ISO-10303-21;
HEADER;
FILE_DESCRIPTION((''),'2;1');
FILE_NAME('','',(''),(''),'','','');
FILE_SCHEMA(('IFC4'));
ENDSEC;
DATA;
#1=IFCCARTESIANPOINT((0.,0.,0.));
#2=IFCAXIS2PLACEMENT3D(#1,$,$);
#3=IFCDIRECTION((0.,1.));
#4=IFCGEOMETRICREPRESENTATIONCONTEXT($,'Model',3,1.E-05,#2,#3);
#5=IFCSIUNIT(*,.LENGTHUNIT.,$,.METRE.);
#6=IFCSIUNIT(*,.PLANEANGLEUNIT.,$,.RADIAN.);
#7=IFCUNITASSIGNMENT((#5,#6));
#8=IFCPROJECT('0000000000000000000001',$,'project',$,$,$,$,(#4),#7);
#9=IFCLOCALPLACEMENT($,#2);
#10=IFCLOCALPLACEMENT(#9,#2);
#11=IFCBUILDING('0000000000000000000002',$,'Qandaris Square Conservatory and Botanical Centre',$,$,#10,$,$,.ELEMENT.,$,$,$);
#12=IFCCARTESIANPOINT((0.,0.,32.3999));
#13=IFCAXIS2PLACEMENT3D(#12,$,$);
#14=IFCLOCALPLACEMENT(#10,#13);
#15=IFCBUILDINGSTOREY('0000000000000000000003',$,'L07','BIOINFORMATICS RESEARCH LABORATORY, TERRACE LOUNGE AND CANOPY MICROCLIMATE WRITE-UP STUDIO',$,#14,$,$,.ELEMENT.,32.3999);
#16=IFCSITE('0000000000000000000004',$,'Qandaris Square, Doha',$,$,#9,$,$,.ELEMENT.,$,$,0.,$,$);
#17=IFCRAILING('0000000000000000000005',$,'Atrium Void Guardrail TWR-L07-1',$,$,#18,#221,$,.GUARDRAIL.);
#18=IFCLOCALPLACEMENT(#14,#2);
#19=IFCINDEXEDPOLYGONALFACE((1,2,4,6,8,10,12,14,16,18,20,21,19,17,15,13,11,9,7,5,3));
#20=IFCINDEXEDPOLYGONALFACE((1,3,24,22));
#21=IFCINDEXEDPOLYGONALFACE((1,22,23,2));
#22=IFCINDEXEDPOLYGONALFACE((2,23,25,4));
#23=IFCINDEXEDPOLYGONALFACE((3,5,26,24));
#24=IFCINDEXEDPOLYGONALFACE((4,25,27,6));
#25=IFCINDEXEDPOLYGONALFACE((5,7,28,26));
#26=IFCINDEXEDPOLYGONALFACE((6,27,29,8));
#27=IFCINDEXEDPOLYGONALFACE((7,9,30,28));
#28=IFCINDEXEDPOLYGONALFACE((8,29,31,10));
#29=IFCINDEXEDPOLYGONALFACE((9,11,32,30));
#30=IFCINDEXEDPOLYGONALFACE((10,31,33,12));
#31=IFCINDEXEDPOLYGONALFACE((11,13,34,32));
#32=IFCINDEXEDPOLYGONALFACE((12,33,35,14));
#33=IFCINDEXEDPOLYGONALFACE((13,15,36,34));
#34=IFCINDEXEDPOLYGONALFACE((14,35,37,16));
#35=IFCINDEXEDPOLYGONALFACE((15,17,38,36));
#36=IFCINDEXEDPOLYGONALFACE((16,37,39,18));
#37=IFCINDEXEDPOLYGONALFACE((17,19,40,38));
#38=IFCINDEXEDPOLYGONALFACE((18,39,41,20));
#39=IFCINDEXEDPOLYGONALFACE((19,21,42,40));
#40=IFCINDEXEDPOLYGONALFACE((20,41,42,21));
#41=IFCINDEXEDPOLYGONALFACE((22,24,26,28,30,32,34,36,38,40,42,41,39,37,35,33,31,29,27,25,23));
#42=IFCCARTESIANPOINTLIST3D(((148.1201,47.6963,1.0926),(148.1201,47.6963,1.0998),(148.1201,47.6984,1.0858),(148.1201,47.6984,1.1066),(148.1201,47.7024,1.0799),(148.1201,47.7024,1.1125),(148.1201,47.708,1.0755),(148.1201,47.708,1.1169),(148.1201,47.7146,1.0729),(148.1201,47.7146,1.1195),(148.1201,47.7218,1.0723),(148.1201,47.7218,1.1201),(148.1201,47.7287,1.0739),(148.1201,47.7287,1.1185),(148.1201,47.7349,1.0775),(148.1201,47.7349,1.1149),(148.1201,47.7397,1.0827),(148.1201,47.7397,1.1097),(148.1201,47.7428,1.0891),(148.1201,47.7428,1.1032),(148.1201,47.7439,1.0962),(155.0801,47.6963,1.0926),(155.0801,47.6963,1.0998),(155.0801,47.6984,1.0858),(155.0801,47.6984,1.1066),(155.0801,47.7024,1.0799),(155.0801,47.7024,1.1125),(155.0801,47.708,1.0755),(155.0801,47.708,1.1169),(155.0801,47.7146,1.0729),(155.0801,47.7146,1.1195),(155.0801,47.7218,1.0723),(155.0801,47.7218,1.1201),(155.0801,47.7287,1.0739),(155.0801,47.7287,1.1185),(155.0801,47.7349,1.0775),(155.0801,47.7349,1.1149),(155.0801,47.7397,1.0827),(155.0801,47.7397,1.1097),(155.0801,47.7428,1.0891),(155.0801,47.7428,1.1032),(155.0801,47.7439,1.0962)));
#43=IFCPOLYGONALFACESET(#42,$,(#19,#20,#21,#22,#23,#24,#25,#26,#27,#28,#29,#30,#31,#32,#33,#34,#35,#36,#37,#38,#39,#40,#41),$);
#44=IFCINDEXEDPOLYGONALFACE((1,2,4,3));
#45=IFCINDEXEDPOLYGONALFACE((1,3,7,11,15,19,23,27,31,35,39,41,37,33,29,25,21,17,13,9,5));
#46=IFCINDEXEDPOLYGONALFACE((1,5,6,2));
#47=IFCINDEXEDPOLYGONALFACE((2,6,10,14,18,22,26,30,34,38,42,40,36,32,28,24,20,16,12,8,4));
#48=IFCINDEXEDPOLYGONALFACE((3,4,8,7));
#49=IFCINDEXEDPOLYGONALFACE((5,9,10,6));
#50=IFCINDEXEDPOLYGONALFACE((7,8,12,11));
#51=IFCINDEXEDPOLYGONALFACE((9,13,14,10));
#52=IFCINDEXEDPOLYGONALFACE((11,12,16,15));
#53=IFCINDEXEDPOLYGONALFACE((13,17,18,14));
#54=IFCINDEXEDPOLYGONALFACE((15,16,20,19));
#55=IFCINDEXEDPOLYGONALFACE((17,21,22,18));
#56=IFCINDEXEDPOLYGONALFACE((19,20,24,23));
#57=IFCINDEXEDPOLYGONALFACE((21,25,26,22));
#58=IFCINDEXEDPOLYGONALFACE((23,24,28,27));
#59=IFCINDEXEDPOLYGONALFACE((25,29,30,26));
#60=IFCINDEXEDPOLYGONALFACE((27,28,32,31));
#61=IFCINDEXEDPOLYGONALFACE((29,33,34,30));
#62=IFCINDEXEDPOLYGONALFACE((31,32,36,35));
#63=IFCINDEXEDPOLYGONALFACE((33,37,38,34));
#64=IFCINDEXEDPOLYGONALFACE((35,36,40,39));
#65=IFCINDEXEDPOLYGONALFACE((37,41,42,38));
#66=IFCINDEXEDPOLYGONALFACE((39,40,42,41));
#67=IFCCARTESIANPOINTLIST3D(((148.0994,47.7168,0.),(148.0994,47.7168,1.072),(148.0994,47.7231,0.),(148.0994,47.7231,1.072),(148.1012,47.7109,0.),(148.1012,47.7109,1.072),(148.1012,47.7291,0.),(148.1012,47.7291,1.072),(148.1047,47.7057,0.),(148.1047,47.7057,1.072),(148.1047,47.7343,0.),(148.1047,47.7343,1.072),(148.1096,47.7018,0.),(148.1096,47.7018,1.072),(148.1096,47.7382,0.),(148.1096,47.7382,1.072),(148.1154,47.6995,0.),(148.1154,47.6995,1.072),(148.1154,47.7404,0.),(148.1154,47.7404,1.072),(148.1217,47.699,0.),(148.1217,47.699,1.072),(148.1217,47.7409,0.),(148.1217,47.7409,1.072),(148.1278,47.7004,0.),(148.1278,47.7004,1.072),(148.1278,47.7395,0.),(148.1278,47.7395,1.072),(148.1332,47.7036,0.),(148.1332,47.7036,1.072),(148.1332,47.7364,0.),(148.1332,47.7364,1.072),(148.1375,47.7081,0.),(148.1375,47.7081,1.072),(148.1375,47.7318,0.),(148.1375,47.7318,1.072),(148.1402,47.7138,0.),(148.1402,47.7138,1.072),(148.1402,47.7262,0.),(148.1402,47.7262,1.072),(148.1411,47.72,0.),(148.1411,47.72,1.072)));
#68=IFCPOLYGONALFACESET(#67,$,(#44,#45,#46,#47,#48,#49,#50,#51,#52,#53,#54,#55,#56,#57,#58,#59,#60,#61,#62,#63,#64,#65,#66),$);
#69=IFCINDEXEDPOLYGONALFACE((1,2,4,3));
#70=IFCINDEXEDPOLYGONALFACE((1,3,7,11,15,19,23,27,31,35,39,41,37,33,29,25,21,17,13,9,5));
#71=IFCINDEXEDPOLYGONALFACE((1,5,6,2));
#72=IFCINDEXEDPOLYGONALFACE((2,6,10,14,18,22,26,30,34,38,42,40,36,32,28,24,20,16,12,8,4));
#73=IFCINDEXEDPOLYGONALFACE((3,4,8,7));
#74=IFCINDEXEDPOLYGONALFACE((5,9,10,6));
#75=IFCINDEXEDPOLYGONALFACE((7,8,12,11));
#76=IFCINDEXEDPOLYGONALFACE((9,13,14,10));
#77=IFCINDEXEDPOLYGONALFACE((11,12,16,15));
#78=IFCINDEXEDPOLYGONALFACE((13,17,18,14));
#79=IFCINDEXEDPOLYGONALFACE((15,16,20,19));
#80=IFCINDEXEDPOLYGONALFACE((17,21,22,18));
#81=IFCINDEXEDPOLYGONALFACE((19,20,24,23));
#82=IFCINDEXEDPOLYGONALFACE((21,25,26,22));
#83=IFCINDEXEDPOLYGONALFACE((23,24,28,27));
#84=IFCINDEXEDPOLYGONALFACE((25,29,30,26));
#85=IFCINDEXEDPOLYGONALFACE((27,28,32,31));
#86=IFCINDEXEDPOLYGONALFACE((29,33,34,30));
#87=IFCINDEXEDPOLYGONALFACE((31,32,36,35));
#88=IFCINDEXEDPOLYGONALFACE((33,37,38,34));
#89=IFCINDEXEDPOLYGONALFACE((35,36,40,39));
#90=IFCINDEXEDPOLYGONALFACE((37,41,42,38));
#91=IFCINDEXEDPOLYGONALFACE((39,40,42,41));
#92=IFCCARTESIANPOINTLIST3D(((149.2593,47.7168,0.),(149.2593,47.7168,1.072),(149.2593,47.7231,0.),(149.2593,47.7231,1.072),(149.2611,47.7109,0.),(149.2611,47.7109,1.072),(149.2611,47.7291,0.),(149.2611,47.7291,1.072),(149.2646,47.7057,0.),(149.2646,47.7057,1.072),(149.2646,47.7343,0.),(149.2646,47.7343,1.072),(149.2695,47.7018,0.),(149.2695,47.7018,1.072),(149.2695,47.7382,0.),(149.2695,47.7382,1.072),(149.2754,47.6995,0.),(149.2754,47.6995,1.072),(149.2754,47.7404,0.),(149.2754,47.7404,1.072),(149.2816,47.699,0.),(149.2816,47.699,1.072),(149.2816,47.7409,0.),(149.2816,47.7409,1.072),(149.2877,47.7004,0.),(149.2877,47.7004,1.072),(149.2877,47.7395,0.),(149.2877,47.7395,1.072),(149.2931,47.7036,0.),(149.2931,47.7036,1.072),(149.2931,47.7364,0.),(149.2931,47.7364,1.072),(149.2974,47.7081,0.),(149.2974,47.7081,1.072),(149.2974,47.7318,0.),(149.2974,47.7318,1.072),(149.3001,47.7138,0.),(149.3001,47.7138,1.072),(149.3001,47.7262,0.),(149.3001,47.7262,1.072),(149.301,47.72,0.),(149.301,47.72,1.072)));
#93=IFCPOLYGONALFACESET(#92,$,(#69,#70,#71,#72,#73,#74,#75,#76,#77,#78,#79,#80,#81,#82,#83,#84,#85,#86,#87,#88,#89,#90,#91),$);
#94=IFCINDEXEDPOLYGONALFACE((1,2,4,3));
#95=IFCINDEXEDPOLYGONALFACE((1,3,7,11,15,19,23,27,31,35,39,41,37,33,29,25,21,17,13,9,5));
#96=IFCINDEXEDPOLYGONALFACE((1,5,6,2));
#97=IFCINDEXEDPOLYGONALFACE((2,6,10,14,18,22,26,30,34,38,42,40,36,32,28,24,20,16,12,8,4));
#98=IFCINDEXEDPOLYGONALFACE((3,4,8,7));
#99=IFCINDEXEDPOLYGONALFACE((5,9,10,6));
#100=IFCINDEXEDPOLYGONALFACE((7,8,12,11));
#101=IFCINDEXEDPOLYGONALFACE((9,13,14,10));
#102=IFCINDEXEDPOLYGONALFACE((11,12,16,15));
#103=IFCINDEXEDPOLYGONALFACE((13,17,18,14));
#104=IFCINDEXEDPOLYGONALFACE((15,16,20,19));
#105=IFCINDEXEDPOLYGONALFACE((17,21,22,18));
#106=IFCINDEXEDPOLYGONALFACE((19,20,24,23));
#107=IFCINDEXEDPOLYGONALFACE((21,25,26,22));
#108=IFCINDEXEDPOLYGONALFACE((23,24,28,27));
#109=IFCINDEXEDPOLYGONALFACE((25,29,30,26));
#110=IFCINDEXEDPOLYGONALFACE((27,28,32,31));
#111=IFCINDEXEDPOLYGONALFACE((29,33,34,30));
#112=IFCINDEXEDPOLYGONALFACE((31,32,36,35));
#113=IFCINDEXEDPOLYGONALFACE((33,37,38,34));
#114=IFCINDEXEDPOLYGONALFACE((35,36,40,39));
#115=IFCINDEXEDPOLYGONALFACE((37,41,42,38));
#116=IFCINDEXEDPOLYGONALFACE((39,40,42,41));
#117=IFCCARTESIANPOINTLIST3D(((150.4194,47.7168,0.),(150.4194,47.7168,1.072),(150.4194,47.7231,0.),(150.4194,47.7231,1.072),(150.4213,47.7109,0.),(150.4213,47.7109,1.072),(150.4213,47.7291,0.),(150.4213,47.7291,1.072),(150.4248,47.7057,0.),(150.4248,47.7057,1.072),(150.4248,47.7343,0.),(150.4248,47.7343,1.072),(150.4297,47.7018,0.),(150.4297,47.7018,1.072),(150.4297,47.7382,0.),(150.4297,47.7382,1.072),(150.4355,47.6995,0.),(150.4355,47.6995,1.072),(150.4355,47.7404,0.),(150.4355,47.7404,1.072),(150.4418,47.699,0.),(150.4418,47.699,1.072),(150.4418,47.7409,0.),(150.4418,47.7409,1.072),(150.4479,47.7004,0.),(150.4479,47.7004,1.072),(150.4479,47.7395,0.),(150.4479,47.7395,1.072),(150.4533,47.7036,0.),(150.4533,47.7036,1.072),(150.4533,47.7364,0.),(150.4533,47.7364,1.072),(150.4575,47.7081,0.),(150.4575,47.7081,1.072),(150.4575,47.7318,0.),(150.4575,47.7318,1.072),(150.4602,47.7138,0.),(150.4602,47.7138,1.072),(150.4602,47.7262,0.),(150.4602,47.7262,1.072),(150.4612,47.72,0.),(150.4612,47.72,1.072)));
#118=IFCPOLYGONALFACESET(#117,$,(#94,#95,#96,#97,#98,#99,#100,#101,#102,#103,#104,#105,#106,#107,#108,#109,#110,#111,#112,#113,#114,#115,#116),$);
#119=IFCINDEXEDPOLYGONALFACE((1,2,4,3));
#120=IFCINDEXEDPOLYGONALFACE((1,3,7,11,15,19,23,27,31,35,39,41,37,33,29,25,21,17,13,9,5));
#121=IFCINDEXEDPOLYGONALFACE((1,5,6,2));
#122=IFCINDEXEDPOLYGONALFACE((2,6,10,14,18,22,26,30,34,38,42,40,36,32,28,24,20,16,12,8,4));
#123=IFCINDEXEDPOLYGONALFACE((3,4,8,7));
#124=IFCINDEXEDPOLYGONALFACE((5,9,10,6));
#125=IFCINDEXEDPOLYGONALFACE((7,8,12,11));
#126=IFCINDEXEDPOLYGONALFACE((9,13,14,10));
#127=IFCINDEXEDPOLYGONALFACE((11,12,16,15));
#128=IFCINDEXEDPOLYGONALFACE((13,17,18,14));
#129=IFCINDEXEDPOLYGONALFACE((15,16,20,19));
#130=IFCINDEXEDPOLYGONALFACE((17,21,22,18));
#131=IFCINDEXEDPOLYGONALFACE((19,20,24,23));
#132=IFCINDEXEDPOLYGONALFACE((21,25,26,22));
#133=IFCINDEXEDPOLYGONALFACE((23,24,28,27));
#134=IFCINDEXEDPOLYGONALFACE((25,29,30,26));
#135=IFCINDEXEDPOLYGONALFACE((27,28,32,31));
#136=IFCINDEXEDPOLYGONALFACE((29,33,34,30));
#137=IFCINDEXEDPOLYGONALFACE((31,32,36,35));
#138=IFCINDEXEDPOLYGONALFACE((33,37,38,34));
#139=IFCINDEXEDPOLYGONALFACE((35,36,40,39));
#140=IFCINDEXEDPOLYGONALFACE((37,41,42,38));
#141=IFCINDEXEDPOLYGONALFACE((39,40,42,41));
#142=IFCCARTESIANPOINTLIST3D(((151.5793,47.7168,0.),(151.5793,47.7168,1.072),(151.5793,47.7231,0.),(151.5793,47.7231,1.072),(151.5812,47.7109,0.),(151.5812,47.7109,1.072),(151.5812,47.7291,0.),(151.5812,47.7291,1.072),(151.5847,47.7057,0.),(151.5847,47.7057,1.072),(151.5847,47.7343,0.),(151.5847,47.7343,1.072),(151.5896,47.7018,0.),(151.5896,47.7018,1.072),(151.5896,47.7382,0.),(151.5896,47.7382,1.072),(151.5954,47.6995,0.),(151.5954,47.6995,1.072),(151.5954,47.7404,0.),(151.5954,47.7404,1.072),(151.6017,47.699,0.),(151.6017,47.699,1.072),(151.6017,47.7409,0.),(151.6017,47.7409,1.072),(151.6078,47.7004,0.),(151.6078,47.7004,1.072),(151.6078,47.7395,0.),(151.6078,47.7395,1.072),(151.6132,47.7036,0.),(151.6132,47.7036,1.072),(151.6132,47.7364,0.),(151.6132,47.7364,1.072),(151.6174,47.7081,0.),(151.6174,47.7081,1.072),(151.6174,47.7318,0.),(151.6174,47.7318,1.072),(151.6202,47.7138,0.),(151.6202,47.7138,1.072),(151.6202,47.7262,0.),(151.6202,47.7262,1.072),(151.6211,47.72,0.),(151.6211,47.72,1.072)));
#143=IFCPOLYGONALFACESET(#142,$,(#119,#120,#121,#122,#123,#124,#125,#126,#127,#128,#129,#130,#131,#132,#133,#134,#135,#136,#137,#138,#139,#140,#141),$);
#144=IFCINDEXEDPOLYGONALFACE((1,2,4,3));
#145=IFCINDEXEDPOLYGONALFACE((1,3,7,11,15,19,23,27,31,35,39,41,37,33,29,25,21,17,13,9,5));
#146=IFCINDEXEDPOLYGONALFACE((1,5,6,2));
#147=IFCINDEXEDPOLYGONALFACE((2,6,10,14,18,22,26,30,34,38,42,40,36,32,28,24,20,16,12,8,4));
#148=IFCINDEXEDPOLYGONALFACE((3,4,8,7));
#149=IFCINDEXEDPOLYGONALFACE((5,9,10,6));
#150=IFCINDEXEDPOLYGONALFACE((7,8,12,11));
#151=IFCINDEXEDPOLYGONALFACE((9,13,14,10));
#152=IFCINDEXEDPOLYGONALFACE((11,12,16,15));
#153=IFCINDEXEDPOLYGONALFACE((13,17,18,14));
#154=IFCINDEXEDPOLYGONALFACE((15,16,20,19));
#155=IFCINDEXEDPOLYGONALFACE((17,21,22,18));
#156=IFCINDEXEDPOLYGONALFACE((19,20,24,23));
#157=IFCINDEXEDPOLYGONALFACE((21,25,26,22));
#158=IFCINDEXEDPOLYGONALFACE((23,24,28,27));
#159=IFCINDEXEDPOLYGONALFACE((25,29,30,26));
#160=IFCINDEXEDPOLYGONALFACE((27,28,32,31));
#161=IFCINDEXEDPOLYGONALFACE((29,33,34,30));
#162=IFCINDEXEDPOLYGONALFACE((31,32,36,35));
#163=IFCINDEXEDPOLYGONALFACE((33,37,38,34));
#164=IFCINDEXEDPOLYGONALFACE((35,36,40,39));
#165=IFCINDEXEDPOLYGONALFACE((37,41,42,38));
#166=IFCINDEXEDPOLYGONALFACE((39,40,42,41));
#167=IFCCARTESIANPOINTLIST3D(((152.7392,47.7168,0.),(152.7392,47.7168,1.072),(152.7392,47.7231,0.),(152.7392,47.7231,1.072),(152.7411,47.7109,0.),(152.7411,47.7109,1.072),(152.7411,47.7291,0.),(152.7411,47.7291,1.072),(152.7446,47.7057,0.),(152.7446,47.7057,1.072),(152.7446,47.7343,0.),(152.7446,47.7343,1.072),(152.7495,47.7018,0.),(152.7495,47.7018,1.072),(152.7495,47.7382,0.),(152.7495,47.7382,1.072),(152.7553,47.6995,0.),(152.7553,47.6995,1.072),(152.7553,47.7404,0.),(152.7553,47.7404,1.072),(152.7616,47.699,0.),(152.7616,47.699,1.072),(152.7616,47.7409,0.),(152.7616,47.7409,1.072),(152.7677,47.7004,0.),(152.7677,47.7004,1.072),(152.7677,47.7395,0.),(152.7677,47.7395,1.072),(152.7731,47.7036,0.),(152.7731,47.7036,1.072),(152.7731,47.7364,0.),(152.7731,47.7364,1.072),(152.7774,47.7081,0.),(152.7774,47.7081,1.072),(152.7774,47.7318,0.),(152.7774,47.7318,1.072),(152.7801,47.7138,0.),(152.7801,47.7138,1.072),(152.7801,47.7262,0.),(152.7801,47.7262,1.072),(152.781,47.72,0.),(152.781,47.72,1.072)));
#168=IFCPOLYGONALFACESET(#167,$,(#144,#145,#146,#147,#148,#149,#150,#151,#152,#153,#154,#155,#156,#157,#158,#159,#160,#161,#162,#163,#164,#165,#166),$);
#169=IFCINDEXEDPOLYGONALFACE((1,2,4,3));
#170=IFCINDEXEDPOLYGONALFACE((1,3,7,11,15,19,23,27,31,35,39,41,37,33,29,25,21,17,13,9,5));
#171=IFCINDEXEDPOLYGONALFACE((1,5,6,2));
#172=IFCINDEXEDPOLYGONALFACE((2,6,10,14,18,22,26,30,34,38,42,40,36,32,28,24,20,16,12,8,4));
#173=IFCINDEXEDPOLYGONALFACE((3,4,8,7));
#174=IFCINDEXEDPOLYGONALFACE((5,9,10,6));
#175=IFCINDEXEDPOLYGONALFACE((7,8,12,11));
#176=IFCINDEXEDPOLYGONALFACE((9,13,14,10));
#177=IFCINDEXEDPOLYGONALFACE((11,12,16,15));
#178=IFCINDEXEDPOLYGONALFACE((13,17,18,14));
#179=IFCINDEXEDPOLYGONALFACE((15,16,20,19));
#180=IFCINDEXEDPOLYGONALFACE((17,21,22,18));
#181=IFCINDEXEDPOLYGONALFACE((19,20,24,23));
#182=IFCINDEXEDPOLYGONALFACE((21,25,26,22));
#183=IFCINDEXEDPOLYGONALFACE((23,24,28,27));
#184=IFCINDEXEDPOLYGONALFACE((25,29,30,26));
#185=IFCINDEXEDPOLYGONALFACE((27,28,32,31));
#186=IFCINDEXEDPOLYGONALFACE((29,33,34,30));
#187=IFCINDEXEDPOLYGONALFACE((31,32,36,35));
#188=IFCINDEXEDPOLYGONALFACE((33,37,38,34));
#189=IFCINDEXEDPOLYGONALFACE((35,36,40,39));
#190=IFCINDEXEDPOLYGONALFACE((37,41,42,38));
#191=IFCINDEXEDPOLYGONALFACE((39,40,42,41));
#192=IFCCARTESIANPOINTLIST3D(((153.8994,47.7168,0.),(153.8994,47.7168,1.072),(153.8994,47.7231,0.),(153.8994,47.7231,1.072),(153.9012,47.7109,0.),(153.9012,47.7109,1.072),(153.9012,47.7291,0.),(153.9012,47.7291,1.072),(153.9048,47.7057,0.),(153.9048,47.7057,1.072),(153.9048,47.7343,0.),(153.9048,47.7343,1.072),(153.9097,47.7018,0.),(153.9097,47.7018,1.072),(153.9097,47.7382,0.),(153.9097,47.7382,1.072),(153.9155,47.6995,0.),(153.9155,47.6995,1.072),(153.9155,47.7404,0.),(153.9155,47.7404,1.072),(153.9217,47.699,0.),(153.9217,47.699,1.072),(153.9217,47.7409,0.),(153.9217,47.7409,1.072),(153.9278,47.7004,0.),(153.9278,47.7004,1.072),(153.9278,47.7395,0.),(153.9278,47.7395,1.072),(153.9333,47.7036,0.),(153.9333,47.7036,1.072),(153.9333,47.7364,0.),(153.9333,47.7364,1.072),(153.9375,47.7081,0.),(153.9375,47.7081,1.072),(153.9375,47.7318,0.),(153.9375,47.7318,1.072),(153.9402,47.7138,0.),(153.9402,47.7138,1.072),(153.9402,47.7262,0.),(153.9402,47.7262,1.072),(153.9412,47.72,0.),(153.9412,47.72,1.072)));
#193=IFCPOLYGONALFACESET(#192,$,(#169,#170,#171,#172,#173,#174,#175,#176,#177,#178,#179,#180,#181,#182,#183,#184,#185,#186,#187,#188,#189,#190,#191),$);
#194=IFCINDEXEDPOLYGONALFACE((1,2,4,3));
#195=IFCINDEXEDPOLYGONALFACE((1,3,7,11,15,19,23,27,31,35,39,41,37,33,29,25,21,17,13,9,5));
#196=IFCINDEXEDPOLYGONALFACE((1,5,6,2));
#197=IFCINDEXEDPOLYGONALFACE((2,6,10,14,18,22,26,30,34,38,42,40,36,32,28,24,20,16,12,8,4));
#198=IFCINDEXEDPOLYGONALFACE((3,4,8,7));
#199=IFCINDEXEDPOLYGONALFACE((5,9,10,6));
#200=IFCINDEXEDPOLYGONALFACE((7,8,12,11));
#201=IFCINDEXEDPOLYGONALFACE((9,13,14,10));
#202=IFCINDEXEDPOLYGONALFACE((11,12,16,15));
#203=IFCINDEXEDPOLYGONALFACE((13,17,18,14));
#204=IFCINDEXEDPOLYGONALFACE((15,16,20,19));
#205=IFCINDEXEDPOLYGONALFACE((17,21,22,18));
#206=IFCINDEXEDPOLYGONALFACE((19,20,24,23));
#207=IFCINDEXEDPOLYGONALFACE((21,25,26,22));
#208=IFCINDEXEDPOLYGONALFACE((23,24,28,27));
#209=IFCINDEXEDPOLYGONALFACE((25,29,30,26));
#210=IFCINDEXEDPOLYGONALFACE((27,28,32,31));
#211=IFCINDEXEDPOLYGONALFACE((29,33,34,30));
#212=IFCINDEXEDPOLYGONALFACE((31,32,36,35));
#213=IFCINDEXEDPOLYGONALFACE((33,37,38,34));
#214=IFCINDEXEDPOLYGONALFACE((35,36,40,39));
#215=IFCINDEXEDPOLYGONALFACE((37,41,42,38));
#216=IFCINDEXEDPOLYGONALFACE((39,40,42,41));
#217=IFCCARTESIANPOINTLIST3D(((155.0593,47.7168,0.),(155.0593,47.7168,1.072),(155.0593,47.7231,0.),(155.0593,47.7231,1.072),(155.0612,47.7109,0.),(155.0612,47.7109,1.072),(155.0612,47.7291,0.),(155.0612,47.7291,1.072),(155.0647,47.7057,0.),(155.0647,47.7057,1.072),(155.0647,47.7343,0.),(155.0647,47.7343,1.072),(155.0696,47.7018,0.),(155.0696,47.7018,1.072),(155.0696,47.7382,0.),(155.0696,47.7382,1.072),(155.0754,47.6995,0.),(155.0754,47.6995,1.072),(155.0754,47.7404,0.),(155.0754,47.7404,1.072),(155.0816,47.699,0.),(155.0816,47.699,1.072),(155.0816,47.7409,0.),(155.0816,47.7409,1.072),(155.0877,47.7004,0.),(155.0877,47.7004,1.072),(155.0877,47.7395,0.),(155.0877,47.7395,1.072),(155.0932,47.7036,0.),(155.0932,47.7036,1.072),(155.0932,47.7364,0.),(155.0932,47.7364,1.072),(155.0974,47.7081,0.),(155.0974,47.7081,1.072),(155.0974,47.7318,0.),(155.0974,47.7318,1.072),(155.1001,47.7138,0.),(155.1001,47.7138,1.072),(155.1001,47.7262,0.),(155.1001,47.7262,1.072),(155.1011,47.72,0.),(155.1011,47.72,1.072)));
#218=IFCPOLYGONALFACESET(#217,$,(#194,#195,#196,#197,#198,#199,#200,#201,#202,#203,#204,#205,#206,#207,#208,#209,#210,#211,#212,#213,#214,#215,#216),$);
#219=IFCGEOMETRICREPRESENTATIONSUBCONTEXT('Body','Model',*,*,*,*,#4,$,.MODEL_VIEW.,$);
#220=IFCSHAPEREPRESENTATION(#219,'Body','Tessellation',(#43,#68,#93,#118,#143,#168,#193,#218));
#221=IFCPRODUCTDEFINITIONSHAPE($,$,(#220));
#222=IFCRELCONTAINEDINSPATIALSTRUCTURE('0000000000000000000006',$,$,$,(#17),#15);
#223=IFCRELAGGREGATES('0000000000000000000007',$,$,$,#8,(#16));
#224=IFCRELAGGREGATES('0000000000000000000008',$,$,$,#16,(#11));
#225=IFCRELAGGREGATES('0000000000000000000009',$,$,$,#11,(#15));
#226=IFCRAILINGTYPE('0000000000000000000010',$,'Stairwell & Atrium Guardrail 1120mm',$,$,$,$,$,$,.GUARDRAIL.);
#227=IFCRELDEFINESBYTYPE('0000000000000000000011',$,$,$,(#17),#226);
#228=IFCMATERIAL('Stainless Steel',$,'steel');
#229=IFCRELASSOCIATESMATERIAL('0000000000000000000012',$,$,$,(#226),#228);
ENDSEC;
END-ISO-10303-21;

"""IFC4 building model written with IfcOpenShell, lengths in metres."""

from ifc_helpers import new_model, si_unit, direction, frame, origin, origin_2d, place, context, subcontext, project, spatial, circle, extrude, material, type_object, element, save


model = new_model("IFC4")

# Units and contexts
model_context = context("Model", 3, precision=1e-05, world=origin(), true_north=direction((0.0, 1.0)))
body_context = subcontext(model_context, "Body", "Model", "MODEL_VIEW")
ifc_project = project(units=[si_unit("LENGTHUNIT", "METRE"), si_unit("PLANEANGLEUNIT", "RADIAN")], contexts=[model_context])

# Site, building, storey
site_placement = place(None, origin())
site = spatial("IfcSite", under=ifc_project, at=site_placement, Name="Qandaris Square, Doha", CompositionType="ELEMENT", RefElevation=0.0)
building_placement = place(site_placement, origin())
building = spatial("IfcBuilding", under=site, at=building_placement, Name="Qandaris Square Conservatory and Botanical Centre", CompositionType="ELEMENT")
storey_placement = place(building_placement, frame((0.0, 0.0, 32.3999)))
storey = spatial("IfcBuildingStorey", under=building, at=storey_placement, Name="L07", Description="BIOINFORMATICS RESEARCH LABORATORY, TERRACE LOUNGE AND CANOPY MICROCLIMATE WRITE-UP STUDIO", CompositionType="ELEMENT", Elevation=32.3999)

# Railing
ifc_material_1 = material(Name="Stainless Steel", Category="steel")
railing_type = type_object("IfcRailingType", Name="Stairwell & Atrium Guardrail 1120mm", PredefinedType="GUARDRAIL", material=ifc_material_1)
railing_1_placement = place(storey_placement, frame((148.1201, 47.72, 0.0)))
element("IfcRailing", 1, at=railing_1_placement, inside=storey, type_object=railing_type, Name="Atrium Void Guardrail TWR-L07-1", PredefinedType="GUARDRAIL", context=body_context, shape_type="SweptSolid", body=[
    extrude(circle(Radius=0.0239, at=origin_2d()), frame((0.0, 0.0, 1.0962), z_axis=(1.0, 0.0, 0.0), x_axis=(0.0, 1.0, 0.0)), (0.0, 0.0, 1.0), 6.96),
    extrude(circle(Radius=0.021, at=origin_2d()), origin(), (0.0, 0.0, 1.0), 1.072),
    extrude(circle(Radius=0.021, at=origin_2d()), frame((1.1599, 0.0, 0.0)), (0.0, 0.0, 1.0), 1.072),
    extrude(circle(Radius=0.021, at=origin_2d()), frame((2.3201, 0.0, 0.0)), (0.0, 0.0, 1.0), 1.072),
    extrude(circle(Radius=0.021, at=origin_2d()), frame((3.48, 0.0, 0.0)), (0.0, 0.0, 1.0), 1.072),
    extrude(circle(Radius=0.021, at=origin_2d()), frame((4.6399, 0.0, 0.0)), (0.0, 0.0, 1.0), 1.072),
    extrude(circle(Radius=0.021, at=origin_2d()), frame((5.8, 0.0, 0.0)), (0.0, 0.0, 1.0), 1.072),
    extrude(circle(Radius=0.021, at=origin_2d()), frame((6.96, 0.0, 0.0)), (0.0, 0.0, 1.0), 1.072),
])

save(model, "model.ifc")
